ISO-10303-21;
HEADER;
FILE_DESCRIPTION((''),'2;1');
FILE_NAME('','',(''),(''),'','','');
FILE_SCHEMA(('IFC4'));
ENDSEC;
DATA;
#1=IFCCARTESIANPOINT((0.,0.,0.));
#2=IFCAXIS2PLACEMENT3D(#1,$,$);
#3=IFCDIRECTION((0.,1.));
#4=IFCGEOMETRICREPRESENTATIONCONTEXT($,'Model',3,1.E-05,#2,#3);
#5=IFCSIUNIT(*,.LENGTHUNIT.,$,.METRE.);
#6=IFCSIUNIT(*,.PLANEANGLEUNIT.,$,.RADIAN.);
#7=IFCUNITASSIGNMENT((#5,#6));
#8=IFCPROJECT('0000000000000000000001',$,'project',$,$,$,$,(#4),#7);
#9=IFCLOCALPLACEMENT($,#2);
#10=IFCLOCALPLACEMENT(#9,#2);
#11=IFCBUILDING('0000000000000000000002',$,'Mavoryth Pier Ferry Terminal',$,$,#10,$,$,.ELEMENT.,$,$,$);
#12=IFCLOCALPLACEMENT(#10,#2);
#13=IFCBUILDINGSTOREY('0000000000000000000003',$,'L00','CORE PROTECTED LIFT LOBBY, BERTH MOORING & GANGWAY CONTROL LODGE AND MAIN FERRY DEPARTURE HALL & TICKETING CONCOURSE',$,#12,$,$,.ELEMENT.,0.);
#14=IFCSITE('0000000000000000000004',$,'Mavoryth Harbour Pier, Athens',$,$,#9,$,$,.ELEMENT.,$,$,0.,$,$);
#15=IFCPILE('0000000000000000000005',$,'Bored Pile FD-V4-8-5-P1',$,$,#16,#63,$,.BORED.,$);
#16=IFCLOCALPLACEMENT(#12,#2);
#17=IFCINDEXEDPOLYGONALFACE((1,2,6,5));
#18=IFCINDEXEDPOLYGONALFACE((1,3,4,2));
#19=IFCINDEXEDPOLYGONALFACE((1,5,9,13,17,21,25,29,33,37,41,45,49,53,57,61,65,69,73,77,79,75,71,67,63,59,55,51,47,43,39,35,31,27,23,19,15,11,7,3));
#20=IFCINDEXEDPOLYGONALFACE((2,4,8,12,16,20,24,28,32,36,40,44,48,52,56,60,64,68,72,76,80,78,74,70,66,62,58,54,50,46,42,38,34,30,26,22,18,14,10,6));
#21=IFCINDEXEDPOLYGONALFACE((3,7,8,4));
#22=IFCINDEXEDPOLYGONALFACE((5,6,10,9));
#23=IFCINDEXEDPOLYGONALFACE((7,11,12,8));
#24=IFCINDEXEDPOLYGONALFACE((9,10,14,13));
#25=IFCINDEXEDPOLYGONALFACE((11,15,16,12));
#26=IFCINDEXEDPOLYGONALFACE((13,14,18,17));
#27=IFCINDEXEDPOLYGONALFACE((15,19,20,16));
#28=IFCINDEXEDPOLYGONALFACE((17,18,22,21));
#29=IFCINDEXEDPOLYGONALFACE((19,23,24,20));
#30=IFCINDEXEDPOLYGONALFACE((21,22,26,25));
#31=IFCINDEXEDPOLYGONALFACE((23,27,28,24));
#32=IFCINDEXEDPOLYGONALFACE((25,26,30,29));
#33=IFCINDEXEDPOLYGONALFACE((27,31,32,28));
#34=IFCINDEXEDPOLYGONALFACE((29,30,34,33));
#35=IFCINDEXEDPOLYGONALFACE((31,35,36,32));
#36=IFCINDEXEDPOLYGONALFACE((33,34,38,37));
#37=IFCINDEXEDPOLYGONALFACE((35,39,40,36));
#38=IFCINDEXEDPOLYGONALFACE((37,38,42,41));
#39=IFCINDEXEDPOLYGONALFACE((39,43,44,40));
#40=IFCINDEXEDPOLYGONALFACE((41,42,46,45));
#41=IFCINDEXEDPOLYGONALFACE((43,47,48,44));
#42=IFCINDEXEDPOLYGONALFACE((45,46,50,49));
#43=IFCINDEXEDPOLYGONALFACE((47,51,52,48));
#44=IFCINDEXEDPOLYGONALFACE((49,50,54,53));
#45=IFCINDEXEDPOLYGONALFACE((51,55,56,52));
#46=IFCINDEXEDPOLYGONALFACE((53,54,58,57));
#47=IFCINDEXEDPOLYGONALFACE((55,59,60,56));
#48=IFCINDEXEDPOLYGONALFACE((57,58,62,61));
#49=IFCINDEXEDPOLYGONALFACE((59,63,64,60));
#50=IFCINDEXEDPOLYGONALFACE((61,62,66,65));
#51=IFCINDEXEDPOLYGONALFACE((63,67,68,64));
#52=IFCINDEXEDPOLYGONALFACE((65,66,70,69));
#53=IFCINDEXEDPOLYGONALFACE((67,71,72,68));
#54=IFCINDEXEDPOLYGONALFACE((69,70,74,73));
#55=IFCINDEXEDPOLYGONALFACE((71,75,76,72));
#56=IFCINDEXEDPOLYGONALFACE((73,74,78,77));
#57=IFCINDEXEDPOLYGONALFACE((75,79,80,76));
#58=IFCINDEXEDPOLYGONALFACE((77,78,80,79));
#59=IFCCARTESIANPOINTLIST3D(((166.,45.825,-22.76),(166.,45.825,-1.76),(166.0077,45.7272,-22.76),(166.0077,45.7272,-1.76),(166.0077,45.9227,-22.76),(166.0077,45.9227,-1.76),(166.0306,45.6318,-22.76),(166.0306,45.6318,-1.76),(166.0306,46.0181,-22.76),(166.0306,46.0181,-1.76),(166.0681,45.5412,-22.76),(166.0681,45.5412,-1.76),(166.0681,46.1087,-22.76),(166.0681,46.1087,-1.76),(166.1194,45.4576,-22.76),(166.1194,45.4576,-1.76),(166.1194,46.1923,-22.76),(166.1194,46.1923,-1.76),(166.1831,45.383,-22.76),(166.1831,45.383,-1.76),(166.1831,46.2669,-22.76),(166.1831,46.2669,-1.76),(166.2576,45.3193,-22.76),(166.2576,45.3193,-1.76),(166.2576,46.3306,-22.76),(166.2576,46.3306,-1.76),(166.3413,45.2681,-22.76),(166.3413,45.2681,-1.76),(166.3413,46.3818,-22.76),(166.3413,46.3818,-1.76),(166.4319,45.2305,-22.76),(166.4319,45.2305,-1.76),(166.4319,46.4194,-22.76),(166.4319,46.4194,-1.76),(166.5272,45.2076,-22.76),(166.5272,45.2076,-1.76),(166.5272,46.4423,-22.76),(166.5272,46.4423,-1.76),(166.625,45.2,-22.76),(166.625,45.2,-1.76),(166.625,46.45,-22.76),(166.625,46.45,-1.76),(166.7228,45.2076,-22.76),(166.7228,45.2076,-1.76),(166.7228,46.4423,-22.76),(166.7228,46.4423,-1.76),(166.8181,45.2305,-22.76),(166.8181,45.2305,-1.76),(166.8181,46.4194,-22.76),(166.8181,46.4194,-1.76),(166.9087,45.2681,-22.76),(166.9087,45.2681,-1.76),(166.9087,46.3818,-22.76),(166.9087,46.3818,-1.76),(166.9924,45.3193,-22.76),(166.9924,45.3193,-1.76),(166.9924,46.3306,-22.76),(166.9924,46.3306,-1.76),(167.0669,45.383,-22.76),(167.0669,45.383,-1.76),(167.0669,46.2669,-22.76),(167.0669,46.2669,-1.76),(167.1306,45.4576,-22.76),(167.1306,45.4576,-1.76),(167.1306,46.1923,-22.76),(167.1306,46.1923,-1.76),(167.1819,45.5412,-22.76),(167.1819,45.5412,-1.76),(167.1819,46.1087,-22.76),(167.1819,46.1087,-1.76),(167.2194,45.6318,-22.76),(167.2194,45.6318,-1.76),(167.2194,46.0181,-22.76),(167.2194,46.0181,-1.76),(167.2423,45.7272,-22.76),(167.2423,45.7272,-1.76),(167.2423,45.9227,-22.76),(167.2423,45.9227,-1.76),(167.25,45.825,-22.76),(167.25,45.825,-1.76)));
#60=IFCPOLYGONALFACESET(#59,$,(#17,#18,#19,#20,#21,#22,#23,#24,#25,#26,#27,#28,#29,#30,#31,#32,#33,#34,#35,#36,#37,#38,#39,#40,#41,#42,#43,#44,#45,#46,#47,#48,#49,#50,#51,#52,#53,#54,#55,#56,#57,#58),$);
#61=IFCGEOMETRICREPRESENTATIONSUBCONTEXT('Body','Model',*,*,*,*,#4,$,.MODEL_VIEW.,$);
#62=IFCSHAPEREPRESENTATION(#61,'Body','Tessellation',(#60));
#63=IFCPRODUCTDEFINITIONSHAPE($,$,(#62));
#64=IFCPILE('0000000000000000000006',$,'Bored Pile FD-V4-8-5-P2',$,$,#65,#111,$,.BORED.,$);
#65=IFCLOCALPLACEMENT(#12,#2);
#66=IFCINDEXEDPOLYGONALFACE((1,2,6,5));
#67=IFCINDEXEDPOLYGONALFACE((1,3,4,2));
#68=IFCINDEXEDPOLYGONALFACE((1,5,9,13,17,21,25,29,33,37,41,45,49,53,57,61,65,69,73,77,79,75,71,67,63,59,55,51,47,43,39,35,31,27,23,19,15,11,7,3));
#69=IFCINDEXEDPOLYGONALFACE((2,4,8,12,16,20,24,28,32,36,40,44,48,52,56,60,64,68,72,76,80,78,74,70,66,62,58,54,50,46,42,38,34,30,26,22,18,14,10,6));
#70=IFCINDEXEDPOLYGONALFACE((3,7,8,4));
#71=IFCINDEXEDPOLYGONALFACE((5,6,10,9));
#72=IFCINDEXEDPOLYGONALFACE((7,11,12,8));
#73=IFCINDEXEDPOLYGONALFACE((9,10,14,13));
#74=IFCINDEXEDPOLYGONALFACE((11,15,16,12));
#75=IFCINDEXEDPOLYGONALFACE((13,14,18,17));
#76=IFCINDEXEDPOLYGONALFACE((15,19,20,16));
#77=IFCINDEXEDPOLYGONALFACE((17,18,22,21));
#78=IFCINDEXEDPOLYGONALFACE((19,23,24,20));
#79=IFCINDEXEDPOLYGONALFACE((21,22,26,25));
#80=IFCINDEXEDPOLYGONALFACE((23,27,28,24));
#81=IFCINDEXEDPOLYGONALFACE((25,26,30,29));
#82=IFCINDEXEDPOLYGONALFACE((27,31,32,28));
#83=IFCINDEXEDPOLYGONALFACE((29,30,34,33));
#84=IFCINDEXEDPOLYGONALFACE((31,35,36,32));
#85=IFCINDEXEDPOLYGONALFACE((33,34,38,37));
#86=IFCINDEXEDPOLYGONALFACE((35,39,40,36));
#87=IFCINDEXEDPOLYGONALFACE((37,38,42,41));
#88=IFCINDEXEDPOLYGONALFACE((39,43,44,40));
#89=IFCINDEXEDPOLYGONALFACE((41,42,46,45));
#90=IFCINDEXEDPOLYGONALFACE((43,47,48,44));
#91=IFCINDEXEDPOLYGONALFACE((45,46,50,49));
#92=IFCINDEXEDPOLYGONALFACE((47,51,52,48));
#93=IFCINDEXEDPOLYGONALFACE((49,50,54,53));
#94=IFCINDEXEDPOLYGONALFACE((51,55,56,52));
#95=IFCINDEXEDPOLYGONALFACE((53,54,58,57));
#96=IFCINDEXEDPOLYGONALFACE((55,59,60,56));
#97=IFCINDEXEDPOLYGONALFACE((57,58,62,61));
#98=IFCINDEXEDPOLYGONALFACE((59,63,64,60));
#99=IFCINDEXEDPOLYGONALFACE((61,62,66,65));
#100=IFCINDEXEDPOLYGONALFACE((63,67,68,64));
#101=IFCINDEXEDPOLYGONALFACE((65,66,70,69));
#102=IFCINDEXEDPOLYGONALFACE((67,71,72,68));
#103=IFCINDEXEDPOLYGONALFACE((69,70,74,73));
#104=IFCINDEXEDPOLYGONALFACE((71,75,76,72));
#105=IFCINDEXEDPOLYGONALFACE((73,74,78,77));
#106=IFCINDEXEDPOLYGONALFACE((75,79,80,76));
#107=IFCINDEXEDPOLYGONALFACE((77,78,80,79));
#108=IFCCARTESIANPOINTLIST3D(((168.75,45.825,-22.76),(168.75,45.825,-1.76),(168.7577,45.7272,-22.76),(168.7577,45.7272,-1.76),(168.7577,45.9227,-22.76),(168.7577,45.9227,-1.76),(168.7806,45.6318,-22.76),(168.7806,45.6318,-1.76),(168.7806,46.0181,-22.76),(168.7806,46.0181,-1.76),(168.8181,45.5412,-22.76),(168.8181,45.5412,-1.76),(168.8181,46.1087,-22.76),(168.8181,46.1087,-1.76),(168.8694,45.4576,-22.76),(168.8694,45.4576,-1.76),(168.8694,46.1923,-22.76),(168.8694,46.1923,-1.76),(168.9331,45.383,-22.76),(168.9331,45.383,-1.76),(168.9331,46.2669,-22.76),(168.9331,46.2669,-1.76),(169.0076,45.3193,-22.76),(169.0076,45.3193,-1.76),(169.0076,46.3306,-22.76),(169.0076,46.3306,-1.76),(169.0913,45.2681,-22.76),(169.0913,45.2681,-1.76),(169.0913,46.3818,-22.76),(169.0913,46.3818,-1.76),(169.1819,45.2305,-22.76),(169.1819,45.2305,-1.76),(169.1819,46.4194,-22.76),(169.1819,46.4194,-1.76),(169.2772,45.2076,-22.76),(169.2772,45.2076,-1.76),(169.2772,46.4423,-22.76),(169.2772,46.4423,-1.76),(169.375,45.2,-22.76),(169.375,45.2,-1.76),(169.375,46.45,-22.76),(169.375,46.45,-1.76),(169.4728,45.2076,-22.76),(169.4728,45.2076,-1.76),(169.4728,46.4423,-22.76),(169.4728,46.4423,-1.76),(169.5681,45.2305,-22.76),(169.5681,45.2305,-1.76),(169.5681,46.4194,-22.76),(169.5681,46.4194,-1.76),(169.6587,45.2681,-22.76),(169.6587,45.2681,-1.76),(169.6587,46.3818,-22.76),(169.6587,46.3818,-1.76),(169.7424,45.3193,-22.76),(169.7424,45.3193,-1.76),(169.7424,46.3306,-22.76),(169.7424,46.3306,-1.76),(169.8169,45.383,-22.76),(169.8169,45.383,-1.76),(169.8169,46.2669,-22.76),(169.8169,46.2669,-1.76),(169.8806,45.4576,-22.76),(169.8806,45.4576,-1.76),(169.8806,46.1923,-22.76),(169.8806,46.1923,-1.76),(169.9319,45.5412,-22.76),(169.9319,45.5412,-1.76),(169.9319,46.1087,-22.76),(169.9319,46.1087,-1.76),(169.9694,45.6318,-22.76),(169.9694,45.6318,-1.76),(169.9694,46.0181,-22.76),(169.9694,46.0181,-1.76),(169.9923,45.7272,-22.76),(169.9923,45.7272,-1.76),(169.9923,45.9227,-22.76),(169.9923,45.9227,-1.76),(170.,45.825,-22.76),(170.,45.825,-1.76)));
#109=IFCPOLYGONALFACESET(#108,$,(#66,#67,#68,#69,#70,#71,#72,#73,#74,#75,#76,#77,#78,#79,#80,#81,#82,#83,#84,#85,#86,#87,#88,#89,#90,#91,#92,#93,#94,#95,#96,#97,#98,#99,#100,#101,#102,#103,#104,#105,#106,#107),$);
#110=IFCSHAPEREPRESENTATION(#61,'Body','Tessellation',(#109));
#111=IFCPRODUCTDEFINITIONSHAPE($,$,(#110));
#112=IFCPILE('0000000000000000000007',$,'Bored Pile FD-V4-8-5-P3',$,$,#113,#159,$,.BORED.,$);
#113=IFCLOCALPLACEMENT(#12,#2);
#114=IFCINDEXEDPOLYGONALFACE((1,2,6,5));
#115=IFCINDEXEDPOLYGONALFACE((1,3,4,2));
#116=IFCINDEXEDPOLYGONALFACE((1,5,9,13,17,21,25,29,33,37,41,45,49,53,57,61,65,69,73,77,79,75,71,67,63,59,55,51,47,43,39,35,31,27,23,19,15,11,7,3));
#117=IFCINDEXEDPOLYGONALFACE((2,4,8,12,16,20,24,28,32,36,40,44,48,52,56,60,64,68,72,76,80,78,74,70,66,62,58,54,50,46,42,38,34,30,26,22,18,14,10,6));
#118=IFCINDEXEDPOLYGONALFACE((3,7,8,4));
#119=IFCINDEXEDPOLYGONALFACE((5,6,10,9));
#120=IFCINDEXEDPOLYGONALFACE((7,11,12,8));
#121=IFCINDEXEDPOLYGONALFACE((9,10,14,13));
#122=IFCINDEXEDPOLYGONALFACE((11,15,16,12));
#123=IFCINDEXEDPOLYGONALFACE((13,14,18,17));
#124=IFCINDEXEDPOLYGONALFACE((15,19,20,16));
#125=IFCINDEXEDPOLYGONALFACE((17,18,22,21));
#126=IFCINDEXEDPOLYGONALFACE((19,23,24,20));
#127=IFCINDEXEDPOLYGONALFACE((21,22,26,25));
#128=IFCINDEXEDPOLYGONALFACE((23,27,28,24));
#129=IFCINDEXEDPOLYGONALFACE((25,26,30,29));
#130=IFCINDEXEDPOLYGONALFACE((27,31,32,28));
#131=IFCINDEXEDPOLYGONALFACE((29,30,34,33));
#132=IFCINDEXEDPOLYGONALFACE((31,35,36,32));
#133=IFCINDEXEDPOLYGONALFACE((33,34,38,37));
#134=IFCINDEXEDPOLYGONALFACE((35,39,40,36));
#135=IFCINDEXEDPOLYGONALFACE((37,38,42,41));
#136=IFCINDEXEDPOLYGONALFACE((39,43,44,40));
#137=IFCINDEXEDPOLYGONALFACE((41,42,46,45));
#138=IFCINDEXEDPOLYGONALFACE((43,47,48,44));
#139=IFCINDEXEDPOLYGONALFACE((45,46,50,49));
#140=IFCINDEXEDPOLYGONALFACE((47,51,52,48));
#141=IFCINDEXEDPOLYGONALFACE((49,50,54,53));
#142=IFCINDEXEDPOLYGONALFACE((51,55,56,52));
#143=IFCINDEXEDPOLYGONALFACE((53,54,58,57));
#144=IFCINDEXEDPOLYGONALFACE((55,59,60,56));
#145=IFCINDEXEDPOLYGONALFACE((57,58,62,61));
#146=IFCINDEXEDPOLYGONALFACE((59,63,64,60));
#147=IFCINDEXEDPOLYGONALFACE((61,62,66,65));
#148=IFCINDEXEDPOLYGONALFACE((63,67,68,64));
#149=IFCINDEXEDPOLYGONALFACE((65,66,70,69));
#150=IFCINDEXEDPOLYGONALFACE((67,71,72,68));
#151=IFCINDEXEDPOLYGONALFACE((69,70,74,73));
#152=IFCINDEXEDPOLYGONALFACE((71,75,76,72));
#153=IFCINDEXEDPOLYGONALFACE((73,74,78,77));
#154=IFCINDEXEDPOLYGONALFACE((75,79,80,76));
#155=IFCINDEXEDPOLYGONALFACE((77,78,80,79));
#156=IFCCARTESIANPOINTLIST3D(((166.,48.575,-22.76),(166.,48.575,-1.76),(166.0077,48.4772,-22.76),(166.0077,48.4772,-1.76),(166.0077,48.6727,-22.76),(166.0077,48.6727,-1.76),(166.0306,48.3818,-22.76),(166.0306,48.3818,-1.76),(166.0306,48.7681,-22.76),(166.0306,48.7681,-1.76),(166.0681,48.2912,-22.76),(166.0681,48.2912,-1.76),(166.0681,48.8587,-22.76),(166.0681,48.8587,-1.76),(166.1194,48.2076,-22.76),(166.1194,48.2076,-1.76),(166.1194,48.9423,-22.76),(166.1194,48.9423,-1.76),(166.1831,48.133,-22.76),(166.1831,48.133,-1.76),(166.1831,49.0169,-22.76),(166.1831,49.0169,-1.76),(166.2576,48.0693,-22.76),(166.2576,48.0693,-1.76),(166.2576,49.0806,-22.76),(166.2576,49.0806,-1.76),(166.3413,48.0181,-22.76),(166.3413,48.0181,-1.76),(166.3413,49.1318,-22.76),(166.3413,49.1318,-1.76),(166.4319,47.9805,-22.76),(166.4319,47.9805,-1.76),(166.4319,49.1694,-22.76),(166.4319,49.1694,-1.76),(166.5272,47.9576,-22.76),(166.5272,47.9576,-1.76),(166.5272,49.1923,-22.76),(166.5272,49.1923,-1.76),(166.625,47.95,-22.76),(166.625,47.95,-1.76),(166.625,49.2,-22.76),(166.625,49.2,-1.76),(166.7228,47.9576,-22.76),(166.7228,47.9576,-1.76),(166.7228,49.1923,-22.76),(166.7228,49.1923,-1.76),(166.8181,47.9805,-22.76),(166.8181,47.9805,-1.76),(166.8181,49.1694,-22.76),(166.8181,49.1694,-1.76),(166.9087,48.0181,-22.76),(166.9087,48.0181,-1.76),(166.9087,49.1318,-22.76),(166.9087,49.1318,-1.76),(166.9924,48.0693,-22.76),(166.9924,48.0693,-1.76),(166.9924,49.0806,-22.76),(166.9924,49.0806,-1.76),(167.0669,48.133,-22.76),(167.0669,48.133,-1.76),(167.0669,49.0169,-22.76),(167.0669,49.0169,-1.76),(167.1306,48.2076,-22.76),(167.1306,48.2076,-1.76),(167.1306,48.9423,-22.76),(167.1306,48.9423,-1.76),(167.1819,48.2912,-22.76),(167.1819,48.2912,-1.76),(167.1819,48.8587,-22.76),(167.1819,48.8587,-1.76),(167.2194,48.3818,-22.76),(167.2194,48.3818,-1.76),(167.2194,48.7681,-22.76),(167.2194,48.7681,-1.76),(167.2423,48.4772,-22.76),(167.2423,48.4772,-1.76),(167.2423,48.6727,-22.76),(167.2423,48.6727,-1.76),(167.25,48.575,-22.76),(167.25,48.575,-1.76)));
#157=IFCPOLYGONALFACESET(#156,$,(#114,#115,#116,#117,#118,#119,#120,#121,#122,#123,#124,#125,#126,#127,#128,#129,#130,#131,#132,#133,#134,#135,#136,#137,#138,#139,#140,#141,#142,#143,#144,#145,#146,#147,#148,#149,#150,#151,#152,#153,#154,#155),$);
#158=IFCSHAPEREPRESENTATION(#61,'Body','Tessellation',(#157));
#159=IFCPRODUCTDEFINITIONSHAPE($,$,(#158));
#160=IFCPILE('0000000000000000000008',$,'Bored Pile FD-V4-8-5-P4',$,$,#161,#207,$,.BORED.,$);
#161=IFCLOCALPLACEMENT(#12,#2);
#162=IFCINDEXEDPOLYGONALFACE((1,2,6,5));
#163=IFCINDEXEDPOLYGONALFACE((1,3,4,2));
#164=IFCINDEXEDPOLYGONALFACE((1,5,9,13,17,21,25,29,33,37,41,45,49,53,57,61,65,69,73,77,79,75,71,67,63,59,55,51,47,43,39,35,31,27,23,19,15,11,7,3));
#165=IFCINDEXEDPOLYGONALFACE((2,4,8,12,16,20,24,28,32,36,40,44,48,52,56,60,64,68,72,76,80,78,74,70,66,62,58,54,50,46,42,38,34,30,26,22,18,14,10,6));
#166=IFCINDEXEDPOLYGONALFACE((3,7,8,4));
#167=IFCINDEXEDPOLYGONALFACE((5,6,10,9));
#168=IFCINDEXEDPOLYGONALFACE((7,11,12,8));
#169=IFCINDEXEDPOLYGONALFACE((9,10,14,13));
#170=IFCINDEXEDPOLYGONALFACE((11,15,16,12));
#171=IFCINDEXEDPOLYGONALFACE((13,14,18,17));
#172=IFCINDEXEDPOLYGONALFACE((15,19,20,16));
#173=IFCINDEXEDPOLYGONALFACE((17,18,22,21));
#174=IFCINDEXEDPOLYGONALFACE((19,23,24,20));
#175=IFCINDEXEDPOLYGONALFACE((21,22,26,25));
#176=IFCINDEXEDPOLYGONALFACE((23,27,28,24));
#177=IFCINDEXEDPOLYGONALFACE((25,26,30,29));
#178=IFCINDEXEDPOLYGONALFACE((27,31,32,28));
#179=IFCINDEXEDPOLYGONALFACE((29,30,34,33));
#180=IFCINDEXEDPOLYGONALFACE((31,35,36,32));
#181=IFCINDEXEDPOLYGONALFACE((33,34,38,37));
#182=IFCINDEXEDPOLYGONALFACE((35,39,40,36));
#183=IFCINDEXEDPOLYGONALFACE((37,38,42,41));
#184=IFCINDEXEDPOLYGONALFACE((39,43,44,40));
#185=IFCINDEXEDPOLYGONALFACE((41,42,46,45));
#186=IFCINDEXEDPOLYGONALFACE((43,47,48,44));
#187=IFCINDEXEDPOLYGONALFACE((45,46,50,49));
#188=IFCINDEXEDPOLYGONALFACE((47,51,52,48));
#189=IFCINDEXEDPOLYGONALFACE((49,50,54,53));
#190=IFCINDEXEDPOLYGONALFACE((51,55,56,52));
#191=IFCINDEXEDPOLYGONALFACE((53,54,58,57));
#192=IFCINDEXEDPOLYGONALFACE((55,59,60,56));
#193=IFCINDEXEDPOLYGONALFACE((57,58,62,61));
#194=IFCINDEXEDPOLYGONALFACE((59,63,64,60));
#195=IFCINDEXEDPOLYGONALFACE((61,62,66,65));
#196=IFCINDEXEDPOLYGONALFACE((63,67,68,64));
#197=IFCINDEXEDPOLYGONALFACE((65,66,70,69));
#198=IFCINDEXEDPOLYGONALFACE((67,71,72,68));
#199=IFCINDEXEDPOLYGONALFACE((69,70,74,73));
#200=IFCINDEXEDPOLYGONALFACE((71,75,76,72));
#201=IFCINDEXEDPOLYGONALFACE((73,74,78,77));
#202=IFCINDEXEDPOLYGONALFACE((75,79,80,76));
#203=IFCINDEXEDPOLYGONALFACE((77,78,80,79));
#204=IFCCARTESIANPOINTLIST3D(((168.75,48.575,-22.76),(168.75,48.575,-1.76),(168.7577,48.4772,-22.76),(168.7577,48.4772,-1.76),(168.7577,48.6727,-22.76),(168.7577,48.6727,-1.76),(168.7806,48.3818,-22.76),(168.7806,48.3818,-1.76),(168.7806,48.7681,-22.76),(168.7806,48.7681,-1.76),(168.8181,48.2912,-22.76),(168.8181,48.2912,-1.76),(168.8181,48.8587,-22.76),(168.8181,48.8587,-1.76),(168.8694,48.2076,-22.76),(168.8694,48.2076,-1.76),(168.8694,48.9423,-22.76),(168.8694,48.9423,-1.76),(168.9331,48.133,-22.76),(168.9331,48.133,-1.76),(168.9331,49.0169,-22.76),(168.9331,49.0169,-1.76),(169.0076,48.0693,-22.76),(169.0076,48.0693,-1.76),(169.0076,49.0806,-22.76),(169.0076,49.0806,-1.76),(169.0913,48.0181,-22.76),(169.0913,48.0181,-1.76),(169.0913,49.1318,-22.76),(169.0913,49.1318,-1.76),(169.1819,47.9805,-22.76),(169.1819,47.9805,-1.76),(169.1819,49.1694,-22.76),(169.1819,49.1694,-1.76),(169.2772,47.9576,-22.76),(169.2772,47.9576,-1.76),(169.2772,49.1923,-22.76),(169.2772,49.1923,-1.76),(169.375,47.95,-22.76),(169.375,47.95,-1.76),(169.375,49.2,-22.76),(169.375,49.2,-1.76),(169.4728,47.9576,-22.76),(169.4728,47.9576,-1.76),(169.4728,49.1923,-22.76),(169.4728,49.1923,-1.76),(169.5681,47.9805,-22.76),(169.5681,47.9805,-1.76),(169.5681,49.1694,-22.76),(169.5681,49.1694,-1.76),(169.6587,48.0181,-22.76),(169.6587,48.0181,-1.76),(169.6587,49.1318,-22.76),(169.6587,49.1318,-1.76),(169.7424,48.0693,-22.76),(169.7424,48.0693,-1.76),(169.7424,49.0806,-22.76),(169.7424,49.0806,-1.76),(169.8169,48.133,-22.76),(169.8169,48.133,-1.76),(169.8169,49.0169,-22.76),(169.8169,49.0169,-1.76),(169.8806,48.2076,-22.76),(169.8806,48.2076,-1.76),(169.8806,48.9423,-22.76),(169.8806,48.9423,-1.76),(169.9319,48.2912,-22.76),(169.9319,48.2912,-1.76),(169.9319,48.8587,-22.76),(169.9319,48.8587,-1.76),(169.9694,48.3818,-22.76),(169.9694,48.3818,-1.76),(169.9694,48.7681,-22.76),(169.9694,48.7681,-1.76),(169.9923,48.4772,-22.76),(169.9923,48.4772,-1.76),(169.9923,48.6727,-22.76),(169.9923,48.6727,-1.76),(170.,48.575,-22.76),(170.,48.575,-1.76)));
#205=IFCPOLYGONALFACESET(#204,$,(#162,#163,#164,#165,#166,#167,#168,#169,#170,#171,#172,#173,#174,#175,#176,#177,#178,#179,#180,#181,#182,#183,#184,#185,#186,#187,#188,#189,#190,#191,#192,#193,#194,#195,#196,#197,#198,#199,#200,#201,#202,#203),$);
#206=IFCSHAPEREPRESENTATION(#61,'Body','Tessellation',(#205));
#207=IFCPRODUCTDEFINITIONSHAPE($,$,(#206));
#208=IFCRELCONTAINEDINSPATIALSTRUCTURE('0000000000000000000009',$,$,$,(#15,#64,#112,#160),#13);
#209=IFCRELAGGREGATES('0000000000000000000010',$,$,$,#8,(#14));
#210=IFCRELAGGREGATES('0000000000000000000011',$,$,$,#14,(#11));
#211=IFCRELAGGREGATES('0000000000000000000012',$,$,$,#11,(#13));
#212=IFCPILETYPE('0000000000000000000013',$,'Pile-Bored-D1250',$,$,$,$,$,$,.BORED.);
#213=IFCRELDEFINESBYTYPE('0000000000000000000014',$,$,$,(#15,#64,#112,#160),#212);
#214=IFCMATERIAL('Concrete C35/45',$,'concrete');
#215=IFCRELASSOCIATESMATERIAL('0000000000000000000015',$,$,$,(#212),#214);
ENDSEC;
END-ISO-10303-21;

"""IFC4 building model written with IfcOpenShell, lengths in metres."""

from ifc_helpers import new_model, si_unit, direction, frame, origin, origin_2d, place, context, subcontext, project, spatial, circle, extrude, material, material_profile, profile_set, type_object, element, save


model = new_model("IFC4")

# Units and contexts
model_context = context("Model", 3, precision=1e-05, world=origin(), true_north=direction((0.0, 1.0)))
body_context = subcontext(model_context, "Body", "Model", "MODEL_VIEW")
ifc_project = project(units=[si_unit("LENGTHUNIT", "METRE"), si_unit("PLANEANGLEUNIT", "RADIAN")], contexts=[model_context])

# Site, building, storey
site_placement = place(None, origin())
site = spatial("IfcSite", under=ifc_project, at=site_placement, Name="Mavoryth Harbour Pier, Athens", CompositionType="ELEMENT", RefElevation=0.0)
building_placement = place(site_placement, origin())
building = spatial("IfcBuilding", under=site, at=building_placement, Name="Mavoryth Pier Ferry Terminal", CompositionType="ELEMENT")
storey_placement = place(building_placement, origin())
storey = spatial("IfcBuildingStorey", under=building, at=storey_placement, Name="L00", Description="CORE PROTECTED LIFT LOBBY, BERTH MOORING & GANGWAY CONTROL LODGE AND MAIN FERRY DEPARTURE HALL & TICKETING CONCOURSE", CompositionType="ELEMENT", Elevation=0.0)

# Shared definitions
ifc_material_1 = material(Name="Concrete C35/45", Category="concrete")

# Piles
ifc_material_profile_1 = material_profile(ifc_material_1, circle(Radius=0.625, at=origin_2d()), Name="PILE D1250", Category="concrete")
ifc_profile_set_1 = profile_set([ifc_material_profile_1], Name="Concrete C35/45 - PILE D1250")
pile_type = type_object("IfcPileType", Name="Pile-Bored-D1250", PredefinedType="BORED", material=ifc_profile_set_1)
for number, where, z_axis, x_axis, name in (
    (1, (166.625, 45.825, -1.76), (0.0, 0.0, -1.0), (1.0, 0.0, 0.0), "Bored Pile FD-V4-8-5-P1"),
    (2, (169.375, 45.825, -1.76), (0.0, 0.0, -1.0), (1.0, 0.0, 0.0), "Bored Pile FD-V4-8-5-P2"),
    (3, (166.625, 48.575, -1.76), (0.0, 0.0, -1.0), (1.0, 0.0, 0.0), "Bored Pile FD-V4-8-5-P3"),
    (4, (169.375, 48.575, -1.76), (0.0, 0.0, -1.0), (1.0, 0.0, 0.0), "Bored Pile FD-V4-8-5-P4"),
):
    element("IfcPile", number, at=place(storey_placement, frame(where, z_axis=z_axis, x_axis=x_axis)), inside=storey, type_object=pile_type, Name=name, PredefinedType="BORED", context=body_context, shape_type="SweptSolid", body=[
        extrude(circle(Radius=0.625, at=origin_2d()), origin(), (0.0, 0.0, 1.0), 21.0),
    ])

save(model, "model.ifc")
